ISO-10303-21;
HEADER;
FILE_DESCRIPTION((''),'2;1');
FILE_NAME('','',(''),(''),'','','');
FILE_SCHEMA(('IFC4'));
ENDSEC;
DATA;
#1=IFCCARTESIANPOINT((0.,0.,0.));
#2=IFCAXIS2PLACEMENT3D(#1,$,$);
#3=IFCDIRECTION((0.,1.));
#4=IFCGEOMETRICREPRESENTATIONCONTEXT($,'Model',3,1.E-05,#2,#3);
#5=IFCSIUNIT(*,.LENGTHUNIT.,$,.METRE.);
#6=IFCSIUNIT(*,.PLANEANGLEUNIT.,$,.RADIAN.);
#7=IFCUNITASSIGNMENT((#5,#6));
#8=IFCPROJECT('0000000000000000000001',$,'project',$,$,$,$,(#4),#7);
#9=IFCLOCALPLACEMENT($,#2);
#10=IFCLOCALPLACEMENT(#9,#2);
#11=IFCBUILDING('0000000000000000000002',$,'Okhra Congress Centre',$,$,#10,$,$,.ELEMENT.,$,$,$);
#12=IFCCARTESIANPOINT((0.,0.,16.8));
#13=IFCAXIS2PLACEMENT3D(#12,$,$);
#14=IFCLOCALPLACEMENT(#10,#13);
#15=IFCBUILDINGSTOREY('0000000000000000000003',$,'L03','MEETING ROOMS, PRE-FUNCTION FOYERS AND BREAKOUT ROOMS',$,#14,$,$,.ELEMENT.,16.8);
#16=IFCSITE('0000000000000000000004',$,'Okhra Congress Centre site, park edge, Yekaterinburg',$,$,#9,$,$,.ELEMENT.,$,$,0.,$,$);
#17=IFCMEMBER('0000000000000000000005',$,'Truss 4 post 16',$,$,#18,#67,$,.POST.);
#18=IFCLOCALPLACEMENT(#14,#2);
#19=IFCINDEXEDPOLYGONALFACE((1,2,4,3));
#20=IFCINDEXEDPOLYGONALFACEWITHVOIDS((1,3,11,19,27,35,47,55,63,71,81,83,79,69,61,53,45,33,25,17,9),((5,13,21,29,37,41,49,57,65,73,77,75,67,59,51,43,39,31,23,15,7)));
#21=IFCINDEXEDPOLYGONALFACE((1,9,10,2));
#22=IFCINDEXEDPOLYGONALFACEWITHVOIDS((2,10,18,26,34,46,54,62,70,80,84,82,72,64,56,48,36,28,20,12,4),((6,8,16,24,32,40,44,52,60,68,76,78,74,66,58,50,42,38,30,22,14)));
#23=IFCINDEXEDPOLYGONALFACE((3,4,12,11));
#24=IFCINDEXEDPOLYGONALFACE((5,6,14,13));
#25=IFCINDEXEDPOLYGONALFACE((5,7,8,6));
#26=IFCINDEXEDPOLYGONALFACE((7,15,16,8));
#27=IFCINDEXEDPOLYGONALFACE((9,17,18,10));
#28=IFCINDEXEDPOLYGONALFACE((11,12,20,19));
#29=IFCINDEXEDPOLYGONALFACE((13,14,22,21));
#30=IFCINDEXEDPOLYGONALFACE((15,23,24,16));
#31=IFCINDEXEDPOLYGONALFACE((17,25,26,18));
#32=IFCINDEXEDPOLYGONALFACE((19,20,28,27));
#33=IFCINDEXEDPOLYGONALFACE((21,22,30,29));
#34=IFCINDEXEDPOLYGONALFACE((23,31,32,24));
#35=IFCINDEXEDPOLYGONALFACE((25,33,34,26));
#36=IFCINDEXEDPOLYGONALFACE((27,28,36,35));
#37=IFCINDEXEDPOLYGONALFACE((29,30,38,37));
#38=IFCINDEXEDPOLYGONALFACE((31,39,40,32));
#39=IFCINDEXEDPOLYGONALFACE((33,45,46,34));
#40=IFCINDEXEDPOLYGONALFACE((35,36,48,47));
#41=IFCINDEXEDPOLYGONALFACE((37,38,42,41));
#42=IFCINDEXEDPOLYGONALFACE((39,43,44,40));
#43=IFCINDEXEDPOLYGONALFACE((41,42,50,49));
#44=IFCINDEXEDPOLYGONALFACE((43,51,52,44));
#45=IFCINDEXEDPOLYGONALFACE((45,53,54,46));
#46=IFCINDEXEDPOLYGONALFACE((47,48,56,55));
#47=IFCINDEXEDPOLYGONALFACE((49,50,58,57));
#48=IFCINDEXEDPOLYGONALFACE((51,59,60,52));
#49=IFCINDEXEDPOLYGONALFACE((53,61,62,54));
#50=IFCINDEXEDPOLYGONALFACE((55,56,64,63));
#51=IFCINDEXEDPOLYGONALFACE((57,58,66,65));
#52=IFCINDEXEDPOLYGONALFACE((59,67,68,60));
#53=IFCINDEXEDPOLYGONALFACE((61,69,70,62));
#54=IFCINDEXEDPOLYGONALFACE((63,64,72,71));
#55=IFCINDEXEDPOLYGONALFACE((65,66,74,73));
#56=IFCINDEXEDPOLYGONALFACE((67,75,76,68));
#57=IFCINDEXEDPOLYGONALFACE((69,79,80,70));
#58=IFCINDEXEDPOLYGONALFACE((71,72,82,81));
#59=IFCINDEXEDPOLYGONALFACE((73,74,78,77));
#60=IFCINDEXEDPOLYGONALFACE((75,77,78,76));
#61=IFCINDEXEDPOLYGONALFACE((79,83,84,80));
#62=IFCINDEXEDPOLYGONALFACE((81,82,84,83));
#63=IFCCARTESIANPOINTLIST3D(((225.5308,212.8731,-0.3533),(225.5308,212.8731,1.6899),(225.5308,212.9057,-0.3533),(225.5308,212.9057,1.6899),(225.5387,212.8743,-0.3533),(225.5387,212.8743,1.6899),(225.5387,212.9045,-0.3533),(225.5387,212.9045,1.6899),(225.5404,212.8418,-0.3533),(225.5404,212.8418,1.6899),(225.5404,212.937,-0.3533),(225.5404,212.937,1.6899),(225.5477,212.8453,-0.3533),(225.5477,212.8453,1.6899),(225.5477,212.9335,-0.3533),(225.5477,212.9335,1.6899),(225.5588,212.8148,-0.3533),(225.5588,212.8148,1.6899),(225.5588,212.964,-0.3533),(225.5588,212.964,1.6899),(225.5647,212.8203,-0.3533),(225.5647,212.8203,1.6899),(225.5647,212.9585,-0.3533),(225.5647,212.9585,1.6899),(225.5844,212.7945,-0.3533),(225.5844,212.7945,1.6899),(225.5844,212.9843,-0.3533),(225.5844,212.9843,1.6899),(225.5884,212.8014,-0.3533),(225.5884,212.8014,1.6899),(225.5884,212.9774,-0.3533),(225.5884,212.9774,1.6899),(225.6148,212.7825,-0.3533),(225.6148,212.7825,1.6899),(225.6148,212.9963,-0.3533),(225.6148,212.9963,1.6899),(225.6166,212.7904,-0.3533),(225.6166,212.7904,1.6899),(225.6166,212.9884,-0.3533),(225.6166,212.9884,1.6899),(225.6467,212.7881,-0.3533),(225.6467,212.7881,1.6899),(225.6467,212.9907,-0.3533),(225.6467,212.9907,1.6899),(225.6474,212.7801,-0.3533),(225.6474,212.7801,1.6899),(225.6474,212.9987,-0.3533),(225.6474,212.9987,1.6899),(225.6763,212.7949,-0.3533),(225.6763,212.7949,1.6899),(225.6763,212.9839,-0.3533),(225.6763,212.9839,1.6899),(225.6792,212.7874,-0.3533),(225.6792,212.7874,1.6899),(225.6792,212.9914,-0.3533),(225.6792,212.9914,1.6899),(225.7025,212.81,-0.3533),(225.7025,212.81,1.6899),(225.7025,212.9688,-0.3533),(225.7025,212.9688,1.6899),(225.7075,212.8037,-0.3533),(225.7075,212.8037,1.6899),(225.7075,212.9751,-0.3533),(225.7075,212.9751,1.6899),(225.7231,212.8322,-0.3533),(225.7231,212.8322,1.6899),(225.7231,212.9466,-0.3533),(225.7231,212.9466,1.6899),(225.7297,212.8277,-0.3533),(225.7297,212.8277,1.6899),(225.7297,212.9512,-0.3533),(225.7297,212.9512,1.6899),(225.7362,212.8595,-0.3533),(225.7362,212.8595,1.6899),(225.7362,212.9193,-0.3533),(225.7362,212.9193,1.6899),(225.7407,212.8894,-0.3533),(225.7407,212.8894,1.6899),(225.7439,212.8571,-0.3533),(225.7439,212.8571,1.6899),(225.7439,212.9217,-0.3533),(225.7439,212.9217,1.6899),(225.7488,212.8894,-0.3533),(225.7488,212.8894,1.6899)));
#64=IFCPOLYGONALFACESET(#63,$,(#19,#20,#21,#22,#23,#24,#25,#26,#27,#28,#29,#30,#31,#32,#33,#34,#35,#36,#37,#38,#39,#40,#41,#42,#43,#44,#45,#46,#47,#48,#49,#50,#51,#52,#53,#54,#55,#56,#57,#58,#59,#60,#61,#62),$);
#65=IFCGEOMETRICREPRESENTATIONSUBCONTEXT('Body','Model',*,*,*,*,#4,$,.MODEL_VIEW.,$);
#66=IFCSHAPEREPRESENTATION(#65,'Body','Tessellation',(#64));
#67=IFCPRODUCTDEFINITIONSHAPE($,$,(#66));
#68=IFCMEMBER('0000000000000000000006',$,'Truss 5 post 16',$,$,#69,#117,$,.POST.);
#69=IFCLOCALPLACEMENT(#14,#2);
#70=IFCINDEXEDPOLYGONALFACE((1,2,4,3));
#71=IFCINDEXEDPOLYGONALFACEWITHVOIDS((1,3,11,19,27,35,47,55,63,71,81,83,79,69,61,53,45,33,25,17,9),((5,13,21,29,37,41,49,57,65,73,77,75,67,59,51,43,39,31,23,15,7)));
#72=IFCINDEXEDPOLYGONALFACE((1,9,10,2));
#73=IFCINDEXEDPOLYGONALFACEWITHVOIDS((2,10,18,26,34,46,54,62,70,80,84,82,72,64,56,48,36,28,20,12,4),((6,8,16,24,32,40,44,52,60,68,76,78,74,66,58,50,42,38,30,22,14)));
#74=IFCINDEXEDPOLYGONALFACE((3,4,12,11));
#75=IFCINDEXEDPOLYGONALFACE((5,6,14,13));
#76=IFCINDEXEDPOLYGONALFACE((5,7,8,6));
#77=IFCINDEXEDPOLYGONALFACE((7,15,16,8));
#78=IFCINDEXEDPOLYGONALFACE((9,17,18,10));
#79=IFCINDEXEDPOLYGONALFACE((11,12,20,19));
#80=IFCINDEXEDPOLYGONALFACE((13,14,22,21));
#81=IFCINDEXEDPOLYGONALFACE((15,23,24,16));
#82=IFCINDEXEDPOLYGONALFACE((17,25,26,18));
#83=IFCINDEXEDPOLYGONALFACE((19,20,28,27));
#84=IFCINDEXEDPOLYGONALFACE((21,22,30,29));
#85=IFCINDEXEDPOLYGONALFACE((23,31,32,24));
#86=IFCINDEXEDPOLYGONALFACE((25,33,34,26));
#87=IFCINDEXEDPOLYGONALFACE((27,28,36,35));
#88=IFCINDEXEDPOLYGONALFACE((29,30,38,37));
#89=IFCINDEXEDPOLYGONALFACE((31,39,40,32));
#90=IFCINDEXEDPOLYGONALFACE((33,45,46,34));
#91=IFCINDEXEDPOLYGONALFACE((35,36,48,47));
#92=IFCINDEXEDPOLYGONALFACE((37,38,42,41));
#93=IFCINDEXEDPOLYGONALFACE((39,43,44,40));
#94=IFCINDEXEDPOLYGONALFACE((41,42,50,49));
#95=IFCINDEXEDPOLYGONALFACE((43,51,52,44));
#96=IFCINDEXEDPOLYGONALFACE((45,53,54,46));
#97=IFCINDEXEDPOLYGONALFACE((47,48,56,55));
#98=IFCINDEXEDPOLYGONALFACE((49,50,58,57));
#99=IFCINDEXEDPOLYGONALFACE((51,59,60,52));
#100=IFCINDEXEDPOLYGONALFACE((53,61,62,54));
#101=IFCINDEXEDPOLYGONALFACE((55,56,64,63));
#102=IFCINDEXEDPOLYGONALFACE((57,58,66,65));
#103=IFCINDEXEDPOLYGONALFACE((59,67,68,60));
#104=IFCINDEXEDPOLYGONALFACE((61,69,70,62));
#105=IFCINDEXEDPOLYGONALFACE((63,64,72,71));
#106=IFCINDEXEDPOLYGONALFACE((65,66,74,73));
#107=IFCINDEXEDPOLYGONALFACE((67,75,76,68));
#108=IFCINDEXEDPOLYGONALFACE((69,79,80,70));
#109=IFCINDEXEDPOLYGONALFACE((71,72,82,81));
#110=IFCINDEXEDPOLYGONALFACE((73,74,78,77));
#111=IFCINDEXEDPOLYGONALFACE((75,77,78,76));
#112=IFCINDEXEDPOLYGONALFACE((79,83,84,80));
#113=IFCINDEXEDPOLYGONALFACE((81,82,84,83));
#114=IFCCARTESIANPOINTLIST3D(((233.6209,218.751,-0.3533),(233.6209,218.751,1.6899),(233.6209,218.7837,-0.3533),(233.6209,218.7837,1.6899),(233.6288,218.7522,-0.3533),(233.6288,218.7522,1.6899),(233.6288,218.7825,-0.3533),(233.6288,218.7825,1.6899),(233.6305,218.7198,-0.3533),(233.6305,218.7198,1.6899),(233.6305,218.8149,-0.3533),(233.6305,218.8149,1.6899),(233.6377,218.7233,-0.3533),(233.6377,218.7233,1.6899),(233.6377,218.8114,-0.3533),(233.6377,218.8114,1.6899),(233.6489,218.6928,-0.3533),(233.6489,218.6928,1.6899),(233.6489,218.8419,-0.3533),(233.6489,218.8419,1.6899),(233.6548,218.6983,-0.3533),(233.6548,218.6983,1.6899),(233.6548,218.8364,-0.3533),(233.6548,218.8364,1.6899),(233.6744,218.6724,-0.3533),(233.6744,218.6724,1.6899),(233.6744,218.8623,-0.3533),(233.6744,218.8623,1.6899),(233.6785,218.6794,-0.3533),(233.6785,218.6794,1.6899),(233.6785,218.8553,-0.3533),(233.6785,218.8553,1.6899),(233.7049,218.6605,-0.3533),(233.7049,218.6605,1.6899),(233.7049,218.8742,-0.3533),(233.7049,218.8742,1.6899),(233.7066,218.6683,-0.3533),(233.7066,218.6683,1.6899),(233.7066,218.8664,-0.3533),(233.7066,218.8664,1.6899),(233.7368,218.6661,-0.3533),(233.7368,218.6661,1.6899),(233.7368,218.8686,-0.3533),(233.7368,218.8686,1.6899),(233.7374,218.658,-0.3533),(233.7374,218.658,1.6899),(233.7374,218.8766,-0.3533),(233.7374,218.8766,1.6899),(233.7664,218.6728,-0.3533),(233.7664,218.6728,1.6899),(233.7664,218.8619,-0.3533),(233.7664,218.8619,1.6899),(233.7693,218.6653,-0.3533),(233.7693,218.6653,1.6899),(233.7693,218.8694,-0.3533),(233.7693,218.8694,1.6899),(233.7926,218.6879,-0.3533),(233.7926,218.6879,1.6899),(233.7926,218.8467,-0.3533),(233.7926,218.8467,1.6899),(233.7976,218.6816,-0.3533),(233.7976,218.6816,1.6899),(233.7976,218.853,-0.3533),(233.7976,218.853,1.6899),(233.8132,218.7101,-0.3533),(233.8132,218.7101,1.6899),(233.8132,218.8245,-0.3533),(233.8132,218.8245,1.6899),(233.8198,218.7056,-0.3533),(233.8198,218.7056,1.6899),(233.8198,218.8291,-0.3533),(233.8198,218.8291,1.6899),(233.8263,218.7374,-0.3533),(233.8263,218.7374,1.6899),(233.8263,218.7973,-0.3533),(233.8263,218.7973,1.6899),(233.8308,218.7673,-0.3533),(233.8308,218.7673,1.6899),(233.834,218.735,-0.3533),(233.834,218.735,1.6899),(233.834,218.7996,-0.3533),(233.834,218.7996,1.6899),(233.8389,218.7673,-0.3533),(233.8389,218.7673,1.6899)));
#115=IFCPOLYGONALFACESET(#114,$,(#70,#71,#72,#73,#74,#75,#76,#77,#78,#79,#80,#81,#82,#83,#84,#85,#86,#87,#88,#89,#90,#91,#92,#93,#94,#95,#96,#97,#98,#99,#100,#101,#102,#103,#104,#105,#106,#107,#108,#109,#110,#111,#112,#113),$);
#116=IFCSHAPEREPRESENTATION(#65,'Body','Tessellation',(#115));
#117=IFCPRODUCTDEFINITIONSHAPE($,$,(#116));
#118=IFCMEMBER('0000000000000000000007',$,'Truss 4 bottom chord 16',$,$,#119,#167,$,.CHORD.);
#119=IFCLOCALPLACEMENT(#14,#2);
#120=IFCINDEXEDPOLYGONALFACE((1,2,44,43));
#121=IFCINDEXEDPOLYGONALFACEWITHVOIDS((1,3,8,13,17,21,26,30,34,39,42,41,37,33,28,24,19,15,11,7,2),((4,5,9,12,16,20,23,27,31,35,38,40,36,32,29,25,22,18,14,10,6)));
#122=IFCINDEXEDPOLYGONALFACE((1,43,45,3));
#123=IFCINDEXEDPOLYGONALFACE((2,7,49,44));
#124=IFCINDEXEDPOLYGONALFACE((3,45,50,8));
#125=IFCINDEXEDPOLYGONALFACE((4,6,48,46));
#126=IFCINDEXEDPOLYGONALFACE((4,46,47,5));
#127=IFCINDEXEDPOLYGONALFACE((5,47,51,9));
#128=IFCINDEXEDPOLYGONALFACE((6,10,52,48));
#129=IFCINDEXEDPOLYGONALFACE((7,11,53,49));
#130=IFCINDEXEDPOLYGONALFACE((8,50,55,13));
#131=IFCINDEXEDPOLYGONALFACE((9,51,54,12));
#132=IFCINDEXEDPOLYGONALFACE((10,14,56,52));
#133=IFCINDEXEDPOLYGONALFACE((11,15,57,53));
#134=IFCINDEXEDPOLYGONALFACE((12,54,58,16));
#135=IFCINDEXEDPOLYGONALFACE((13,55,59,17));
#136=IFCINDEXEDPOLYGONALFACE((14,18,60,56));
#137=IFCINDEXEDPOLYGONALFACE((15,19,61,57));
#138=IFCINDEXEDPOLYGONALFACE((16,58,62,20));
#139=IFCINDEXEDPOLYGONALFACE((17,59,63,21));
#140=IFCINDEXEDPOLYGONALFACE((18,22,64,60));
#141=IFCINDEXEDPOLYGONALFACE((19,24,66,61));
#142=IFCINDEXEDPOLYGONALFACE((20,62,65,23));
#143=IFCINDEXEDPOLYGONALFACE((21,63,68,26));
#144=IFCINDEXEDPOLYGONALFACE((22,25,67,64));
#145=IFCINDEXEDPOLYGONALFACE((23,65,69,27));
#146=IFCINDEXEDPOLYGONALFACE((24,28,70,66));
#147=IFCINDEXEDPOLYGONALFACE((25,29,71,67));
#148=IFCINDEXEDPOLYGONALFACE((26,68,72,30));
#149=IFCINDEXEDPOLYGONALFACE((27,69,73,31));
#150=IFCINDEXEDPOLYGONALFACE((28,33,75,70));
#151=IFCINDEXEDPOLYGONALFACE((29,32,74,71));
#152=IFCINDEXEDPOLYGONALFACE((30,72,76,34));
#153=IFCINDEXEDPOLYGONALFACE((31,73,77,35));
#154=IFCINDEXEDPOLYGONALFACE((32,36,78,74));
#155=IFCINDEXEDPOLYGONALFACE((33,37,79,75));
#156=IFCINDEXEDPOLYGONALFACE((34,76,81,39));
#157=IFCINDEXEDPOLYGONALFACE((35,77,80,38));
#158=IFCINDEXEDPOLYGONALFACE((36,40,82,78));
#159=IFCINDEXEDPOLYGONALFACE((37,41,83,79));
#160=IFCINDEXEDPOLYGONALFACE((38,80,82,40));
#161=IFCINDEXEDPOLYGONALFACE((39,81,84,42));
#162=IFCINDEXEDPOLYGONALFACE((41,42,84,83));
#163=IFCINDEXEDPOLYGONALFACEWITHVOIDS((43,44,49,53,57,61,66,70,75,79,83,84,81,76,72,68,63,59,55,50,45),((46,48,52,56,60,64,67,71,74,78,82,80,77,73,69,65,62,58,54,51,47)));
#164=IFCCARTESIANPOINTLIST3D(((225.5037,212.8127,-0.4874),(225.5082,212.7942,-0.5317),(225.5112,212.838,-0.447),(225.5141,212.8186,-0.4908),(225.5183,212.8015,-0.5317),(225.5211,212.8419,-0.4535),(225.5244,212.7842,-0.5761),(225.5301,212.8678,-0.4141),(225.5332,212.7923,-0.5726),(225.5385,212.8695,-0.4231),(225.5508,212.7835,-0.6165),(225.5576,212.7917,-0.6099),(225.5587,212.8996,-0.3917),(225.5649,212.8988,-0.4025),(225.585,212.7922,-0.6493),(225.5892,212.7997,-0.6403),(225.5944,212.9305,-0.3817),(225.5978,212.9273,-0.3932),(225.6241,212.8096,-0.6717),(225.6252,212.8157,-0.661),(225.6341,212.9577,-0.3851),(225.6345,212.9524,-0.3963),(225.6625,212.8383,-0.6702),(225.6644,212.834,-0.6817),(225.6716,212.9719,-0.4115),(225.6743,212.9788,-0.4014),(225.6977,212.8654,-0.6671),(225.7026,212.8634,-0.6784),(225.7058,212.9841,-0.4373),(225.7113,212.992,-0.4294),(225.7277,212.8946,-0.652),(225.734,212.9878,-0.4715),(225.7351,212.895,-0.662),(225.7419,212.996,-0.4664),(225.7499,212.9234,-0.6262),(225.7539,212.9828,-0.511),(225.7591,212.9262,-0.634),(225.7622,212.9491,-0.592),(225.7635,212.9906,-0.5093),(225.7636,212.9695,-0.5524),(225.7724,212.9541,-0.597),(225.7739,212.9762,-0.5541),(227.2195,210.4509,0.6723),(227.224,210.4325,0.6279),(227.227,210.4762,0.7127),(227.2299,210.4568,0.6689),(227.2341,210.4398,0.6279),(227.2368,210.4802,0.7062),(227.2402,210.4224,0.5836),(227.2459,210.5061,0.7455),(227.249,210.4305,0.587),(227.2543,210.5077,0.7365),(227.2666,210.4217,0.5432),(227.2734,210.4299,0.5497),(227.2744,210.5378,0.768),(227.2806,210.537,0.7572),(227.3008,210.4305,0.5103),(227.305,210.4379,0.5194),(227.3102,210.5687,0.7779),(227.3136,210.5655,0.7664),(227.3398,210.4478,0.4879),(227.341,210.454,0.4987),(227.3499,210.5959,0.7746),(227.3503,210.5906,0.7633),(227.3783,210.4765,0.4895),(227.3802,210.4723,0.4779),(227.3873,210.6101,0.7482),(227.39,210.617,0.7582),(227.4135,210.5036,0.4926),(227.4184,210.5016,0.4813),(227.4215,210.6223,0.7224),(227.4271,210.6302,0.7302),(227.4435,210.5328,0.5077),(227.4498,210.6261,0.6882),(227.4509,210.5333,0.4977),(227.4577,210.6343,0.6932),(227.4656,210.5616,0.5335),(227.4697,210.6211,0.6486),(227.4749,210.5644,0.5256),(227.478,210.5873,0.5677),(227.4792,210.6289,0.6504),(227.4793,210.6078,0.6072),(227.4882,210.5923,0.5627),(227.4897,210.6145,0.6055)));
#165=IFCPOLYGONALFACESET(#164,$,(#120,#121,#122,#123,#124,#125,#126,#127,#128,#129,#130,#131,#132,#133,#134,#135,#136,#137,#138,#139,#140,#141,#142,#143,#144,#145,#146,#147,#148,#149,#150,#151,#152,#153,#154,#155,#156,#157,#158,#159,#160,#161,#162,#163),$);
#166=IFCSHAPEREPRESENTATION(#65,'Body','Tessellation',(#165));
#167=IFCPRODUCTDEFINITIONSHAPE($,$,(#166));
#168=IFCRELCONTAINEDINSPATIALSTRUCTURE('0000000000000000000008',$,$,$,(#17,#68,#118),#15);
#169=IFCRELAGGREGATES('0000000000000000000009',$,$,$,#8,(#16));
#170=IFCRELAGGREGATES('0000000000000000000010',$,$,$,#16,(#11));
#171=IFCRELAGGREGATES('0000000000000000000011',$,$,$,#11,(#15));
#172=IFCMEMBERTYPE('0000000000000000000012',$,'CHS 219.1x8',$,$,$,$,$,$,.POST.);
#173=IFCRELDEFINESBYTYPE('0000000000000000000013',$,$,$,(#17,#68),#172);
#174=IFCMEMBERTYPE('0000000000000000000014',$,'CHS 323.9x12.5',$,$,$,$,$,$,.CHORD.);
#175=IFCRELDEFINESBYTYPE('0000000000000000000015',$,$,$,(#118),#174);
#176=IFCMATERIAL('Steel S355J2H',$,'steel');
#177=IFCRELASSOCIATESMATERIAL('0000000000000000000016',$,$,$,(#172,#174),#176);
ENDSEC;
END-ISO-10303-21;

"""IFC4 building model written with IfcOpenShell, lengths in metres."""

from ifc_helpers import new_model, si_unit, direction, frame, origin, origin_2d, place, context, subcontext, project, spatial, hollow_circle, extrude, material, material_profile, profile_set, type_object, element, save


model = new_model("IFC4")

# Units and contexts
model_context = context("Model", 3, precision=1e-05, world=origin(), true_north=direction((0.0, 1.0)))
body_context = subcontext(model_context, "Body", "Model", "MODEL_VIEW")
ifc_project = project(units=[si_unit("LENGTHUNIT", "METRE"), si_unit("PLANEANGLEUNIT", "RADIAN")], contexts=[model_context])

# Site, building, storey
site_placement = place(None, origin())
site = spatial("IfcSite", under=ifc_project, at=site_placement, Name="Okhra Congress Centre site, park edge, Yekaterinburg", CompositionType="ELEMENT", RefElevation=0.0)
building_placement = place(site_placement, origin())
building = spatial("IfcBuilding", under=site, at=building_placement, Name="Okhra Congress Centre", CompositionType="ELEMENT")
storey_placement = place(building_placement, frame((0.0, 0.0, 16.8)))
storey = spatial("IfcBuildingStorey", under=building, at=storey_placement, Name="L03", Description="MEETING ROOMS, PRE-FUNCTION FOYERS AND BREAKOUT ROOMS", CompositionType="ELEMENT", Elevation=16.8)

# Members
ifc_material_1 = material(Name="Steel S355J2H", Category="steel")
ifc_material_profile_1 = material_profile(ifc_material_1, hollow_circle(Radius=0.1096, WallThickness=0.0081, at=origin_2d()), Name="CHS 219.1x8")
ifc_profile_set_1 = profile_set([ifc_material_profile_1], Name="Steel S355J2H")
member_type_1 = type_object("IfcMemberType", Name="CHS 219.1x8", PredefinedType="POST", material=ifc_profile_set_1)
for number, where, z_axis, x_axis, name in (
    (1, (225.6392, 212.8894, -0.3533), (0.0, 0.0, 1.0), (1.0, 0.0, 0.0), "Truss 4 post 16"),
    (2, (233.7292, 218.7673, -0.3533), (0.0, 0.0, 1.0), (1.0, 0.0, 0.0), "Truss 5 post 16"),
):
    element("IfcMember", number, at=place(storey_placement, frame(where, z_axis=z_axis, x_axis=x_axis)), inside=storey, type_object=member_type_1, Name=name, PredefinedType="POST", context=body_context, shape_type="SweptSolid", body=[
        extrude(hollow_circle(Radius=0.1096, WallThickness=0.0081, at=origin_2d()), origin(), (0.0, 0.0, 1.0), 2.0432),
    ])
ifc_material_profile_2 = material_profile(ifc_material_1, hollow_circle(Radius=0.1619, WallThickness=0.0125, at=origin_2d()), Name="CHS 323.9x12.5")
ifc_profile_set_2 = profile_set([ifc_material_profile_2], Name="Steel S355J2H")
member_type_2 = type_object("IfcMemberType", Name="CHS 323.9x12.5", PredefinedType="CHORD", material=ifc_profile_set_2)
member_1_placement = place(storey_placement, frame((227.355, 210.5276, 0.6279), z_axis=(-0.546233, 0.751887, -0.369182), x_axis=(-0.80904, -0.587754, 0.0)))
element("IfcMember", 3, at=member_1_placement, inside=storey, type_object=member_type_2, Name="Truss 4 bottom chord 16", PredefinedType="CHORD", context=body_context, shape_type="SweptSolid", body=[
    extrude(hollow_circle(Radius=0.1619, WallThickness=0.0125, at=origin_2d()), origin(), (0.0, 0.0, 1.0), 3.1411),
])

save(model, "model.ifc")
